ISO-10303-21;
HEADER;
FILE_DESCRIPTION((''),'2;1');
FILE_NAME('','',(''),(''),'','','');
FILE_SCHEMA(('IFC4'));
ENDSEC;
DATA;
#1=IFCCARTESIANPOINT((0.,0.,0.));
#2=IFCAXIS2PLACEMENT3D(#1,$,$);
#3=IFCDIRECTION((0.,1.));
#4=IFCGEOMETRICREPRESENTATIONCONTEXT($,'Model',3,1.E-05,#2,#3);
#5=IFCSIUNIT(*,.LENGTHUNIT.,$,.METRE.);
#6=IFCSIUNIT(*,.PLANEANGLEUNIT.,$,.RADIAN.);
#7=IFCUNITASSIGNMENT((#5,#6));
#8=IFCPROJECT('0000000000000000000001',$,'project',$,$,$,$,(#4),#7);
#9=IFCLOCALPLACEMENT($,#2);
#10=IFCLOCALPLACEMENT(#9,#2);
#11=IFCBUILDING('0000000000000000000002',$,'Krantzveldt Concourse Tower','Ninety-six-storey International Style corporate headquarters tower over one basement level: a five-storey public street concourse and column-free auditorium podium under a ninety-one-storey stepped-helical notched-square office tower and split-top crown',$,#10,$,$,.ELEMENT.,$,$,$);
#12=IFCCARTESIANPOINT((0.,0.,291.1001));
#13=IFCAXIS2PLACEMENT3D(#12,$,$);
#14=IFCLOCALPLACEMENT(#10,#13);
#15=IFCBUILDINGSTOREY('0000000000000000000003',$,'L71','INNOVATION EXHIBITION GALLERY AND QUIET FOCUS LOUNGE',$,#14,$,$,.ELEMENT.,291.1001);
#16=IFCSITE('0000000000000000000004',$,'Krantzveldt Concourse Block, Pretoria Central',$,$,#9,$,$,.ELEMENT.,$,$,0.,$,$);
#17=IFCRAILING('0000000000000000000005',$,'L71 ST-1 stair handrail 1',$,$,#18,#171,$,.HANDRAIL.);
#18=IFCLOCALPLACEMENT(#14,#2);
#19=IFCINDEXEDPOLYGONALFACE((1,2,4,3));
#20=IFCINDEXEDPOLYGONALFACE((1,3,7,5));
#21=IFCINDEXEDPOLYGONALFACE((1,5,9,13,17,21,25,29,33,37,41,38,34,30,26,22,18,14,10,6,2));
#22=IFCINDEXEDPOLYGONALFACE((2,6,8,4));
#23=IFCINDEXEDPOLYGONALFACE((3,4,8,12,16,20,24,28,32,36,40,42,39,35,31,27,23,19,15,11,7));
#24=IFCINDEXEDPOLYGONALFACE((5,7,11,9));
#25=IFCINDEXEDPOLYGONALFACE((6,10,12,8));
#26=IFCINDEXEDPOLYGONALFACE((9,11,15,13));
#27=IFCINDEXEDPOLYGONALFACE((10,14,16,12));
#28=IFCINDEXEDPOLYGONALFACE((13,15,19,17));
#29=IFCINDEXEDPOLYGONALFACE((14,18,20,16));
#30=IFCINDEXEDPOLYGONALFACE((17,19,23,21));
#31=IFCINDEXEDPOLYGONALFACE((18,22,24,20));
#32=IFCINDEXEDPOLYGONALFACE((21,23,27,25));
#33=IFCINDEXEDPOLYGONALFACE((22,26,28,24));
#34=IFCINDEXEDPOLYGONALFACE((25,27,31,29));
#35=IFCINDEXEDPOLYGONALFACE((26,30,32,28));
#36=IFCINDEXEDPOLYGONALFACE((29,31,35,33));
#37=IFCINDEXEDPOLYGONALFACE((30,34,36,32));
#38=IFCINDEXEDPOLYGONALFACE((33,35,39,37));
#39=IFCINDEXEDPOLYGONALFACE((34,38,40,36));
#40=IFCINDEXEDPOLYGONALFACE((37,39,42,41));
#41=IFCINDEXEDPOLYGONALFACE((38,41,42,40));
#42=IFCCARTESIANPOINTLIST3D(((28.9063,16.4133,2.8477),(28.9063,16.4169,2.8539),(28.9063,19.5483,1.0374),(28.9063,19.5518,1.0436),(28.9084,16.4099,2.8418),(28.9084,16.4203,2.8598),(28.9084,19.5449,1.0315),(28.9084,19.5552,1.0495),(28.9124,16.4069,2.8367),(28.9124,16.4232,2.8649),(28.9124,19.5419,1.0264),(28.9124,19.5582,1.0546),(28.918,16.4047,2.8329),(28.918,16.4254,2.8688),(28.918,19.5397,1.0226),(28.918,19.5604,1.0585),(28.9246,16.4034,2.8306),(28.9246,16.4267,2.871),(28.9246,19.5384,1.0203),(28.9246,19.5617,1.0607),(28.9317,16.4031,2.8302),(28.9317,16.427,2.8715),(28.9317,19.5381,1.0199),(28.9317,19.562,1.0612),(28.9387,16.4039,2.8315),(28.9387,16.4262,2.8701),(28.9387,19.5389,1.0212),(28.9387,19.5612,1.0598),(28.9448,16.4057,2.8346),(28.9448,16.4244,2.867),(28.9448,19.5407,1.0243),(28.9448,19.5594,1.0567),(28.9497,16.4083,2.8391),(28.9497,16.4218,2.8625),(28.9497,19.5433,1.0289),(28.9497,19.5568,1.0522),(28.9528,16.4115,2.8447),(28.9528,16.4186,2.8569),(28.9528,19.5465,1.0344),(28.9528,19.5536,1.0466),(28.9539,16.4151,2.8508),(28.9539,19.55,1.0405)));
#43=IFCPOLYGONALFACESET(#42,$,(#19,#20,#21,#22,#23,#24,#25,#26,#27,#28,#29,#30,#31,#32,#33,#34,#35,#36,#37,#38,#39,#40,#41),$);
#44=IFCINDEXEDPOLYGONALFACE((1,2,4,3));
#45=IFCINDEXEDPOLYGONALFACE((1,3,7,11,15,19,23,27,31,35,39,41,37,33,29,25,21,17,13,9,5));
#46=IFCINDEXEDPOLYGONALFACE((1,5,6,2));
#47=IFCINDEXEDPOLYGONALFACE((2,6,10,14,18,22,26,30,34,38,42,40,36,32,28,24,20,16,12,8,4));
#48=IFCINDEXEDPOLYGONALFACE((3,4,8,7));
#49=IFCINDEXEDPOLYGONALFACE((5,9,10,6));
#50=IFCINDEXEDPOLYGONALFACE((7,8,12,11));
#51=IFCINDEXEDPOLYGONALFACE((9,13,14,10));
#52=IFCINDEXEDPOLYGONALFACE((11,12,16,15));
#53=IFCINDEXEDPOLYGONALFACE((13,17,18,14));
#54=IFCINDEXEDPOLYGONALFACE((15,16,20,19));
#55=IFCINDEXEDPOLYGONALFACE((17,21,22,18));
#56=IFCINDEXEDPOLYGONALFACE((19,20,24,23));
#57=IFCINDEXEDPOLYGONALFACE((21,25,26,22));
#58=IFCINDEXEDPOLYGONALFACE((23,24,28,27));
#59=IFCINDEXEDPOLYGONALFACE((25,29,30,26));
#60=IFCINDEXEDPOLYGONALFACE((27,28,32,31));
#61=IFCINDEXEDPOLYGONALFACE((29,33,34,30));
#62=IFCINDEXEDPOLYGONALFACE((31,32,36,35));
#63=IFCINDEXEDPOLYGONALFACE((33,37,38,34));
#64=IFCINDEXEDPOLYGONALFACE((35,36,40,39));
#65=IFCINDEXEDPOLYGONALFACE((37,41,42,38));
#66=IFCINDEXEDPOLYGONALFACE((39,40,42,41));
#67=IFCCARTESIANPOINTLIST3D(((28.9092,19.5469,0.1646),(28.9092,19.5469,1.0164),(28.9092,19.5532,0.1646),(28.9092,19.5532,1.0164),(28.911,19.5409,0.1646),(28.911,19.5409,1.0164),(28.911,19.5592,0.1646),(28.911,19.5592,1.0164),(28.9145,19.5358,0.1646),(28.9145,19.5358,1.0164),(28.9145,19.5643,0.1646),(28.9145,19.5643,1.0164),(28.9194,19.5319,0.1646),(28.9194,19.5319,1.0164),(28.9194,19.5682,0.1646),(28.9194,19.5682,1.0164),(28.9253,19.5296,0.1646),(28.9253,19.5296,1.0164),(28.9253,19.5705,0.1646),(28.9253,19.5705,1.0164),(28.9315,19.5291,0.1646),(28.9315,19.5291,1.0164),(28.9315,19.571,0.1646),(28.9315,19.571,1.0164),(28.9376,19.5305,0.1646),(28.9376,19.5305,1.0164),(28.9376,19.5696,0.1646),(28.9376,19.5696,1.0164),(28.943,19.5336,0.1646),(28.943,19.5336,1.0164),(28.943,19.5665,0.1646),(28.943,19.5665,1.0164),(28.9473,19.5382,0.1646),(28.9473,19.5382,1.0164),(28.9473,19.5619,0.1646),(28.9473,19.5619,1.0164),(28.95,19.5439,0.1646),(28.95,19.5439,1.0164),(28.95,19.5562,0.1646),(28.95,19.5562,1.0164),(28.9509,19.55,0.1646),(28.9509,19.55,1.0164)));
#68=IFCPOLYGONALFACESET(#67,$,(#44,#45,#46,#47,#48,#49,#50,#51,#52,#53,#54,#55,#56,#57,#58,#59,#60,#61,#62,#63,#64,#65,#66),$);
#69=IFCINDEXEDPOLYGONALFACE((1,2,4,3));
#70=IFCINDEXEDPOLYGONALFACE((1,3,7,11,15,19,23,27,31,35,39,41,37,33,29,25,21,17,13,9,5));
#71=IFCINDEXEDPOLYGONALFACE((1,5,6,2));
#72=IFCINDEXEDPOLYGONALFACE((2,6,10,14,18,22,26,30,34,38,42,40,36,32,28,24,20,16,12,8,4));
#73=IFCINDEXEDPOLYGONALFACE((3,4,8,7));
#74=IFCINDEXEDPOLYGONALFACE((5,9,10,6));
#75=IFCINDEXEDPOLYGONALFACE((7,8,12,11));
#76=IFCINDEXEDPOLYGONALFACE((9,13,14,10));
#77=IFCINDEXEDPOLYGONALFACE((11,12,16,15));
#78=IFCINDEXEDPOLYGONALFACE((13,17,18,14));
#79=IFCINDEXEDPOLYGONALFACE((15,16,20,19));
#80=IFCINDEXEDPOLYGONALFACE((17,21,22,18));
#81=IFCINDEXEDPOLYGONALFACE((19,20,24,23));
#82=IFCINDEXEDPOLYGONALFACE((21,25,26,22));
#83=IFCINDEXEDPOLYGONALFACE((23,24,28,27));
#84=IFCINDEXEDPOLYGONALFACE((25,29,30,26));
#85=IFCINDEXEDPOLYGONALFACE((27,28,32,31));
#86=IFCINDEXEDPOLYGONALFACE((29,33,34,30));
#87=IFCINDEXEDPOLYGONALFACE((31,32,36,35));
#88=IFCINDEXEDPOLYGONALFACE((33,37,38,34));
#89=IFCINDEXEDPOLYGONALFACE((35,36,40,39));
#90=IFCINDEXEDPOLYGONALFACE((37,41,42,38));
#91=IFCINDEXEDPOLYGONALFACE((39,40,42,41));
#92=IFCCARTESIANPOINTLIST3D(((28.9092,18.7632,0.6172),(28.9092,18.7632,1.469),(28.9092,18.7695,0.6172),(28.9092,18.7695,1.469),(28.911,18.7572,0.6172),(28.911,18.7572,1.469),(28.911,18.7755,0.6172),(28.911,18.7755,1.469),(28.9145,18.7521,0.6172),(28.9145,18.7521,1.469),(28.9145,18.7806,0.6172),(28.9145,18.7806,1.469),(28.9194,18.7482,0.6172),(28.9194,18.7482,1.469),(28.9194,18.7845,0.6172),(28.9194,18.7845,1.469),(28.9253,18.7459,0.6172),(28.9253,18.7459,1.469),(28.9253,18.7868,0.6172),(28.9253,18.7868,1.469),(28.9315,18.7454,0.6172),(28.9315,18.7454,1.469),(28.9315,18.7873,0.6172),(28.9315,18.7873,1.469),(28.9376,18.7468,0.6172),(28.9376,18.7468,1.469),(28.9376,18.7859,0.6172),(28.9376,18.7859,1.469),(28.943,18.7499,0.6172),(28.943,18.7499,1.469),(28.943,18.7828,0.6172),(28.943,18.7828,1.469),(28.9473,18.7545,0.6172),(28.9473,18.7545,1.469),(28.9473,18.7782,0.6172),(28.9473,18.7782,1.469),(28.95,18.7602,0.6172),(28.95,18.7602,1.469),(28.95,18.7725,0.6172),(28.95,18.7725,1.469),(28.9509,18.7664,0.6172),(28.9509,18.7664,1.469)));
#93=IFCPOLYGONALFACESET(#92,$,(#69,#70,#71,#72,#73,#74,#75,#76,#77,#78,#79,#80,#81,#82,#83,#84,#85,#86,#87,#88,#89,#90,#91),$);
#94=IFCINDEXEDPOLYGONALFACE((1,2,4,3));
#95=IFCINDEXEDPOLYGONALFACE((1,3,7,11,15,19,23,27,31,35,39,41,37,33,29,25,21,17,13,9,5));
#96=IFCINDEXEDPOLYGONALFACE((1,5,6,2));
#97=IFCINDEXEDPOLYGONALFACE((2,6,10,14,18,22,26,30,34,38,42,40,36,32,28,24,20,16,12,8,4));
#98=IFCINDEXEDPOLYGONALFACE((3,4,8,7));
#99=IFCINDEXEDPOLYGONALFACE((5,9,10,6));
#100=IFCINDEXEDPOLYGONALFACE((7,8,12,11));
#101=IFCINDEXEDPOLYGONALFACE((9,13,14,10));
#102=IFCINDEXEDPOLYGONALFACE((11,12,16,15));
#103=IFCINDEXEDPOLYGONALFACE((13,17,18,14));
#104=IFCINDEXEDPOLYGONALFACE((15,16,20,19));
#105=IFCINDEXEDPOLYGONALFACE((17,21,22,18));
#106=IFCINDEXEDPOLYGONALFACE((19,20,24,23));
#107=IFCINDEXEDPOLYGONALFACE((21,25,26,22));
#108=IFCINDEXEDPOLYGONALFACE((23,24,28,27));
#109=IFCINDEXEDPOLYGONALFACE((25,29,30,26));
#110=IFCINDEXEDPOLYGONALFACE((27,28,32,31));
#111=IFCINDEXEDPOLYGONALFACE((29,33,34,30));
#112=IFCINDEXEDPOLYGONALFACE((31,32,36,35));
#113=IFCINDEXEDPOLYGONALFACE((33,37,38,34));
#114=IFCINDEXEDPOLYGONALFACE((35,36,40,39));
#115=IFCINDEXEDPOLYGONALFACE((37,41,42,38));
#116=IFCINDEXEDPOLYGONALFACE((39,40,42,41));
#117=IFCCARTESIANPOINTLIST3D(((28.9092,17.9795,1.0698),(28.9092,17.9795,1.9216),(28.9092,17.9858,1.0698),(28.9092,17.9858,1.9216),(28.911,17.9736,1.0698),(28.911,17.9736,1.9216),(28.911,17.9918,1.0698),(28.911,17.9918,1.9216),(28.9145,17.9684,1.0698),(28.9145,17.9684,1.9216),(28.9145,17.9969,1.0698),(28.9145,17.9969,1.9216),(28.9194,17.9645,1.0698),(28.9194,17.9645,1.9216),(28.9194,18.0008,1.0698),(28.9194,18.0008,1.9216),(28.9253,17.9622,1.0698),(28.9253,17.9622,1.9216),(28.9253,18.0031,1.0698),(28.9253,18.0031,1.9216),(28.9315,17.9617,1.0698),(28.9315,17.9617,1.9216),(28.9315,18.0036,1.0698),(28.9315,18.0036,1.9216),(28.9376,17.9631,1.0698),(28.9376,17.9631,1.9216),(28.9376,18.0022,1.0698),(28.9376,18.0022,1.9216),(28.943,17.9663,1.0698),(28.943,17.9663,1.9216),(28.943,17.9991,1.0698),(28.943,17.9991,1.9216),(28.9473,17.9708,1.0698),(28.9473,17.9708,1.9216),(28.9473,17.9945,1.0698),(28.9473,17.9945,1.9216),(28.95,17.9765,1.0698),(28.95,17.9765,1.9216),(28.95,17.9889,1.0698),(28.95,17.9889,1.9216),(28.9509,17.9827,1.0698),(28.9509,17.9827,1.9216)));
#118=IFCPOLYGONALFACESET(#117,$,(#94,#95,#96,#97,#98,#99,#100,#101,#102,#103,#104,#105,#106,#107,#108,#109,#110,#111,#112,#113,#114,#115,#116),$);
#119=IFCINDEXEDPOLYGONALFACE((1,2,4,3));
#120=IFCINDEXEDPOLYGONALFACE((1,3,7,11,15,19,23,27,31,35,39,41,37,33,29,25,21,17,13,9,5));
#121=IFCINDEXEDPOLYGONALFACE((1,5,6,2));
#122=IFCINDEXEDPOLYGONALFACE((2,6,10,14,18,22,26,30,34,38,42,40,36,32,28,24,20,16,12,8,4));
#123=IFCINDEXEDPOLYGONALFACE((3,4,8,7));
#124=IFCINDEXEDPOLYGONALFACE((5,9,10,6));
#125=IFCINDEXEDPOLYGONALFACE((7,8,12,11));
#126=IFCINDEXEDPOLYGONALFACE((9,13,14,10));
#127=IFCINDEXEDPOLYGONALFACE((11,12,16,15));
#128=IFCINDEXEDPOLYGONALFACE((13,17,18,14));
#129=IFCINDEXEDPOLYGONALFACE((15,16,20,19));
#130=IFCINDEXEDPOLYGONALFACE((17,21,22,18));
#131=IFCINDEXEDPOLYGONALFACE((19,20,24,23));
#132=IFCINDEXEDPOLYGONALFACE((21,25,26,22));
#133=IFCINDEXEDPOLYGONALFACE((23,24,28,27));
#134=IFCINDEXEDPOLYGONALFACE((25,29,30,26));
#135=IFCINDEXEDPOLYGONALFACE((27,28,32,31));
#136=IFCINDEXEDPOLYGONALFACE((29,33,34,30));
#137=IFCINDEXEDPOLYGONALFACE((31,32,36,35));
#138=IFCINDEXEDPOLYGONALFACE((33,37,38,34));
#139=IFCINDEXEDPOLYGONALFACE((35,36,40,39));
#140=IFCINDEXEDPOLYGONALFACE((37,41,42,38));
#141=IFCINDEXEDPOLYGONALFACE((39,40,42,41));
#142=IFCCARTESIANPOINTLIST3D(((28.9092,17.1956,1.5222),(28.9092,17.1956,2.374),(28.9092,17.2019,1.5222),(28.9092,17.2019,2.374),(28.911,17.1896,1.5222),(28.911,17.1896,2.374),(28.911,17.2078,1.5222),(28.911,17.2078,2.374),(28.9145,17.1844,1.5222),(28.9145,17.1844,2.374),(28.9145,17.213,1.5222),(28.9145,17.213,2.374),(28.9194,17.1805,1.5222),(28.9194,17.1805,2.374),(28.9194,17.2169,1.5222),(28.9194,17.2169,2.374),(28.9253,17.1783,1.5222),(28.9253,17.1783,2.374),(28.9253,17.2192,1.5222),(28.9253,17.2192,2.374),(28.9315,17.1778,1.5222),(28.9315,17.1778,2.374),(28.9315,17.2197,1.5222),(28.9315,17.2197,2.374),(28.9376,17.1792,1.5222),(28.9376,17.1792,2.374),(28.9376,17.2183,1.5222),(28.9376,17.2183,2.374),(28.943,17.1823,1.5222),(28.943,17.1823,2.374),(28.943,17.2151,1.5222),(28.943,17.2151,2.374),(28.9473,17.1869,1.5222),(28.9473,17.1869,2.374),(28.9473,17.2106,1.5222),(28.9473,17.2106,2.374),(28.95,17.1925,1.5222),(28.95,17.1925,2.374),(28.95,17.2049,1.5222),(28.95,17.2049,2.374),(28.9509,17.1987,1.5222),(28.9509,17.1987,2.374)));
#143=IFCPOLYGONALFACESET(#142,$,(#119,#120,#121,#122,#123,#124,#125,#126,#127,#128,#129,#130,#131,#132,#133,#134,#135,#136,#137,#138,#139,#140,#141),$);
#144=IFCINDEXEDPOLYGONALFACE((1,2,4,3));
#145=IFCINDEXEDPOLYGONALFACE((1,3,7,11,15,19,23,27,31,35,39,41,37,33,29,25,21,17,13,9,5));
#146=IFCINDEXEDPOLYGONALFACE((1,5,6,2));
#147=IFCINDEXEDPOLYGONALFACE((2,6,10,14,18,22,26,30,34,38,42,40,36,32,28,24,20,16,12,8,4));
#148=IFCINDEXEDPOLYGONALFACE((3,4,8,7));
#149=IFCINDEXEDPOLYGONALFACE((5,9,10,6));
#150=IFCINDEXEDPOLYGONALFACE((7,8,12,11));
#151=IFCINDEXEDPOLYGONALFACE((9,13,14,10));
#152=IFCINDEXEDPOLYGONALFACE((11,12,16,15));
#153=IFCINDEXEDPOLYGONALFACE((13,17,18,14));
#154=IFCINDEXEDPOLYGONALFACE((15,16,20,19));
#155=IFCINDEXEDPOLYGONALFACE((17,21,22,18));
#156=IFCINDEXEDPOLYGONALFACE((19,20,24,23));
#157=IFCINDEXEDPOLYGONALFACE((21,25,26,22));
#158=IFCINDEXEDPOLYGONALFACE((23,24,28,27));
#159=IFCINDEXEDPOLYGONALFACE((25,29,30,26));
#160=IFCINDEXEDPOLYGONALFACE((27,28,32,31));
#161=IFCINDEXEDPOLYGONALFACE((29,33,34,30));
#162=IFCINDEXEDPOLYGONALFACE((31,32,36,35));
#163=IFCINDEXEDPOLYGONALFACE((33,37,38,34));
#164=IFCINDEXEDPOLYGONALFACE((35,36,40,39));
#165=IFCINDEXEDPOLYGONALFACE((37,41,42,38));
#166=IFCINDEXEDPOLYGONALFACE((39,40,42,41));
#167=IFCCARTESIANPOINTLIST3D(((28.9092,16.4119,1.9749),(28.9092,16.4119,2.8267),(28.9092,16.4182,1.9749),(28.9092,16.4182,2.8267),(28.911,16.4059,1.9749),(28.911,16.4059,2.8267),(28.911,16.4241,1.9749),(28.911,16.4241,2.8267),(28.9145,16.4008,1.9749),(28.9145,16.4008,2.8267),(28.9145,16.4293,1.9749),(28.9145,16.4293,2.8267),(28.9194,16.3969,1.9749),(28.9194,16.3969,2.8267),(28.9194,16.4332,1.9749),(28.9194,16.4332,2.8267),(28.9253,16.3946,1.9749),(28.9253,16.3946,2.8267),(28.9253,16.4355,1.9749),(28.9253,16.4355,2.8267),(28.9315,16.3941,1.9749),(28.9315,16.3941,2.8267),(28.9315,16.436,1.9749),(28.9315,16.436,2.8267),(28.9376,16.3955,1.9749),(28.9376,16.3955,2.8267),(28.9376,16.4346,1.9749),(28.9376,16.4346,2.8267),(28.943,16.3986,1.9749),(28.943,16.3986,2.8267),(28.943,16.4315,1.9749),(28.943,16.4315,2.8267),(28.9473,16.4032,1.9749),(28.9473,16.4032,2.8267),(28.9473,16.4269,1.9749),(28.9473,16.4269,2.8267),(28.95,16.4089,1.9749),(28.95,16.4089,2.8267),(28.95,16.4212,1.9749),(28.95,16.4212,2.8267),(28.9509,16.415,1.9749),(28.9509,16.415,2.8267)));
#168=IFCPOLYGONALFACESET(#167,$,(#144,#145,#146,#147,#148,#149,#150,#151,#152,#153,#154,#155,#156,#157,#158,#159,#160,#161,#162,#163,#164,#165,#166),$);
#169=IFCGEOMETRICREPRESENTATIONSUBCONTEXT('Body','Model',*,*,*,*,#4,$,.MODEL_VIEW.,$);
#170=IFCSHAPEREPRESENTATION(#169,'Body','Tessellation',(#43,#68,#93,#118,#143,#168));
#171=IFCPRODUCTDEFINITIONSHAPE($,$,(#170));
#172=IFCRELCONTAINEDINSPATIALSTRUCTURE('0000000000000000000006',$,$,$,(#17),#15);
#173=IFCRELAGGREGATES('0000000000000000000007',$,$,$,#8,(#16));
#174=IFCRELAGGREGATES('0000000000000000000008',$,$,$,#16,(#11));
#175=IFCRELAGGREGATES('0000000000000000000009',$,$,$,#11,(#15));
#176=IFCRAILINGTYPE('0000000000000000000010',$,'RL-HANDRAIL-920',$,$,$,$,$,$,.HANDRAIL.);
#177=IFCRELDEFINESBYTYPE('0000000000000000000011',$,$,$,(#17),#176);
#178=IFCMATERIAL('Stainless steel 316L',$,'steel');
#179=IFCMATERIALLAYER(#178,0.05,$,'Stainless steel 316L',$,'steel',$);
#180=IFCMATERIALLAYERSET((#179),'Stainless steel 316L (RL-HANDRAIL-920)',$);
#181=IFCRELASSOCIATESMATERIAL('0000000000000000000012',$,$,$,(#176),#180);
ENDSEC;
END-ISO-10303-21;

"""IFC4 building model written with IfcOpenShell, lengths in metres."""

from ifc_helpers import new_model, si_unit, direction, frame, origin, origin_2d, place, context, subcontext, project, spatial, circle, extrude, material, layer, layer_set, type_object, element, save


model = new_model("IFC4")

# Units and contexts
model_context = context("Model", 3, precision=1e-05, world=origin(), true_north=direction((0.0, 1.0)))
body_context = subcontext(model_context, "Body", "Model", "MODEL_VIEW")
ifc_project = project(units=[si_unit("LENGTHUNIT", "METRE"), si_unit("PLANEANGLEUNIT", "RADIAN")], contexts=[model_context])

# Site, building, storey
site_placement = place(None, origin())
site = spatial("IfcSite", under=ifc_project, at=site_placement, Name="Krantzveldt Concourse Block, Pretoria Central", CompositionType="ELEMENT", RefElevation=0.0)
building_placement = place(site_placement, origin())
building = spatial("IfcBuilding", under=site, at=building_placement, Name="Krantzveldt Concourse Tower", Description="Ninety-six-storey International Style corporate headquarters tower over one basement level: a five-storey public street concourse and column-free auditorium podium under a ninety-one-storey stepped-helical notched-square office tower and split-top crown", CompositionType="ELEMENT")
storey_placement = place(building_placement, frame((0.0, 0.0, 291.1001)))
storey = spatial("IfcBuildingStorey", under=building, at=storey_placement, Name="L71", Description="INNOVATION EXHIBITION GALLERY AND QUIET FOCUS LOUNGE", CompositionType="ELEMENT", Elevation=291.1001)

# Railing
ifc_material_1 = material(Name="Stainless steel 316L", Category="steel")
ifc_layer_1 = layer(ifc_material_1, 0.05, Name="Stainless steel 316L", Category="steel")
ifc_layer_set_1 = layer_set([ifc_layer_1], Name="Stainless steel 316L (RL-HANDRAIL-920)")
railing_type_1 = type_object("IfcRailingType", Name="RL-HANDRAIL-920", PredefinedType="HANDRAIL", material=ifc_layer_set_1)
railing_1_placement = place(storey_placement, frame((28.9299, 19.55, 0.1646)))
element("IfcRailing", 1, at=railing_1_placement, inside=storey, type_object=railing_type_1, Name="L71 ST-1 stair handrail 1", PredefinedType="HANDRAIL", context=body_context, shape_type="SweptSolid", body=[
    extrude(circle(Radius=0.0239, at=origin_2d()), frame((0.0, 0.0, 0.876), z_axis=(0.0, -0.865989, 0.500063), x_axis=(1.0, 0.0, 0.0)), (0.0, 0.0, 1.0), 3.6201),
    extrude(circle(Radius=0.021, at=origin_2d()), origin(), (0.0, 0.0, 1.0), 0.8518),
    extrude(circle(Radius=0.021, at=origin_2d()), frame((0.0, -0.7837, 0.4526)), (0.0, 0.0, 1.0), 0.8518),
    extrude(circle(Radius=0.021, at=origin_2d()), frame((0.0, -1.5674, 0.9053)), (0.0, 0.0, 1.0), 0.8518),
    extrude(circle(Radius=0.021, at=origin_2d()), frame((0.0, -2.3513, 1.3577)), (0.0, 0.0, 1.0), 0.8518),
    extrude(circle(Radius=0.021, at=origin_2d()), frame((0.0, -3.135, 1.8103)), (0.0, 0.0, 1.0), 0.8518),
])

save(model, "model.ifc")
